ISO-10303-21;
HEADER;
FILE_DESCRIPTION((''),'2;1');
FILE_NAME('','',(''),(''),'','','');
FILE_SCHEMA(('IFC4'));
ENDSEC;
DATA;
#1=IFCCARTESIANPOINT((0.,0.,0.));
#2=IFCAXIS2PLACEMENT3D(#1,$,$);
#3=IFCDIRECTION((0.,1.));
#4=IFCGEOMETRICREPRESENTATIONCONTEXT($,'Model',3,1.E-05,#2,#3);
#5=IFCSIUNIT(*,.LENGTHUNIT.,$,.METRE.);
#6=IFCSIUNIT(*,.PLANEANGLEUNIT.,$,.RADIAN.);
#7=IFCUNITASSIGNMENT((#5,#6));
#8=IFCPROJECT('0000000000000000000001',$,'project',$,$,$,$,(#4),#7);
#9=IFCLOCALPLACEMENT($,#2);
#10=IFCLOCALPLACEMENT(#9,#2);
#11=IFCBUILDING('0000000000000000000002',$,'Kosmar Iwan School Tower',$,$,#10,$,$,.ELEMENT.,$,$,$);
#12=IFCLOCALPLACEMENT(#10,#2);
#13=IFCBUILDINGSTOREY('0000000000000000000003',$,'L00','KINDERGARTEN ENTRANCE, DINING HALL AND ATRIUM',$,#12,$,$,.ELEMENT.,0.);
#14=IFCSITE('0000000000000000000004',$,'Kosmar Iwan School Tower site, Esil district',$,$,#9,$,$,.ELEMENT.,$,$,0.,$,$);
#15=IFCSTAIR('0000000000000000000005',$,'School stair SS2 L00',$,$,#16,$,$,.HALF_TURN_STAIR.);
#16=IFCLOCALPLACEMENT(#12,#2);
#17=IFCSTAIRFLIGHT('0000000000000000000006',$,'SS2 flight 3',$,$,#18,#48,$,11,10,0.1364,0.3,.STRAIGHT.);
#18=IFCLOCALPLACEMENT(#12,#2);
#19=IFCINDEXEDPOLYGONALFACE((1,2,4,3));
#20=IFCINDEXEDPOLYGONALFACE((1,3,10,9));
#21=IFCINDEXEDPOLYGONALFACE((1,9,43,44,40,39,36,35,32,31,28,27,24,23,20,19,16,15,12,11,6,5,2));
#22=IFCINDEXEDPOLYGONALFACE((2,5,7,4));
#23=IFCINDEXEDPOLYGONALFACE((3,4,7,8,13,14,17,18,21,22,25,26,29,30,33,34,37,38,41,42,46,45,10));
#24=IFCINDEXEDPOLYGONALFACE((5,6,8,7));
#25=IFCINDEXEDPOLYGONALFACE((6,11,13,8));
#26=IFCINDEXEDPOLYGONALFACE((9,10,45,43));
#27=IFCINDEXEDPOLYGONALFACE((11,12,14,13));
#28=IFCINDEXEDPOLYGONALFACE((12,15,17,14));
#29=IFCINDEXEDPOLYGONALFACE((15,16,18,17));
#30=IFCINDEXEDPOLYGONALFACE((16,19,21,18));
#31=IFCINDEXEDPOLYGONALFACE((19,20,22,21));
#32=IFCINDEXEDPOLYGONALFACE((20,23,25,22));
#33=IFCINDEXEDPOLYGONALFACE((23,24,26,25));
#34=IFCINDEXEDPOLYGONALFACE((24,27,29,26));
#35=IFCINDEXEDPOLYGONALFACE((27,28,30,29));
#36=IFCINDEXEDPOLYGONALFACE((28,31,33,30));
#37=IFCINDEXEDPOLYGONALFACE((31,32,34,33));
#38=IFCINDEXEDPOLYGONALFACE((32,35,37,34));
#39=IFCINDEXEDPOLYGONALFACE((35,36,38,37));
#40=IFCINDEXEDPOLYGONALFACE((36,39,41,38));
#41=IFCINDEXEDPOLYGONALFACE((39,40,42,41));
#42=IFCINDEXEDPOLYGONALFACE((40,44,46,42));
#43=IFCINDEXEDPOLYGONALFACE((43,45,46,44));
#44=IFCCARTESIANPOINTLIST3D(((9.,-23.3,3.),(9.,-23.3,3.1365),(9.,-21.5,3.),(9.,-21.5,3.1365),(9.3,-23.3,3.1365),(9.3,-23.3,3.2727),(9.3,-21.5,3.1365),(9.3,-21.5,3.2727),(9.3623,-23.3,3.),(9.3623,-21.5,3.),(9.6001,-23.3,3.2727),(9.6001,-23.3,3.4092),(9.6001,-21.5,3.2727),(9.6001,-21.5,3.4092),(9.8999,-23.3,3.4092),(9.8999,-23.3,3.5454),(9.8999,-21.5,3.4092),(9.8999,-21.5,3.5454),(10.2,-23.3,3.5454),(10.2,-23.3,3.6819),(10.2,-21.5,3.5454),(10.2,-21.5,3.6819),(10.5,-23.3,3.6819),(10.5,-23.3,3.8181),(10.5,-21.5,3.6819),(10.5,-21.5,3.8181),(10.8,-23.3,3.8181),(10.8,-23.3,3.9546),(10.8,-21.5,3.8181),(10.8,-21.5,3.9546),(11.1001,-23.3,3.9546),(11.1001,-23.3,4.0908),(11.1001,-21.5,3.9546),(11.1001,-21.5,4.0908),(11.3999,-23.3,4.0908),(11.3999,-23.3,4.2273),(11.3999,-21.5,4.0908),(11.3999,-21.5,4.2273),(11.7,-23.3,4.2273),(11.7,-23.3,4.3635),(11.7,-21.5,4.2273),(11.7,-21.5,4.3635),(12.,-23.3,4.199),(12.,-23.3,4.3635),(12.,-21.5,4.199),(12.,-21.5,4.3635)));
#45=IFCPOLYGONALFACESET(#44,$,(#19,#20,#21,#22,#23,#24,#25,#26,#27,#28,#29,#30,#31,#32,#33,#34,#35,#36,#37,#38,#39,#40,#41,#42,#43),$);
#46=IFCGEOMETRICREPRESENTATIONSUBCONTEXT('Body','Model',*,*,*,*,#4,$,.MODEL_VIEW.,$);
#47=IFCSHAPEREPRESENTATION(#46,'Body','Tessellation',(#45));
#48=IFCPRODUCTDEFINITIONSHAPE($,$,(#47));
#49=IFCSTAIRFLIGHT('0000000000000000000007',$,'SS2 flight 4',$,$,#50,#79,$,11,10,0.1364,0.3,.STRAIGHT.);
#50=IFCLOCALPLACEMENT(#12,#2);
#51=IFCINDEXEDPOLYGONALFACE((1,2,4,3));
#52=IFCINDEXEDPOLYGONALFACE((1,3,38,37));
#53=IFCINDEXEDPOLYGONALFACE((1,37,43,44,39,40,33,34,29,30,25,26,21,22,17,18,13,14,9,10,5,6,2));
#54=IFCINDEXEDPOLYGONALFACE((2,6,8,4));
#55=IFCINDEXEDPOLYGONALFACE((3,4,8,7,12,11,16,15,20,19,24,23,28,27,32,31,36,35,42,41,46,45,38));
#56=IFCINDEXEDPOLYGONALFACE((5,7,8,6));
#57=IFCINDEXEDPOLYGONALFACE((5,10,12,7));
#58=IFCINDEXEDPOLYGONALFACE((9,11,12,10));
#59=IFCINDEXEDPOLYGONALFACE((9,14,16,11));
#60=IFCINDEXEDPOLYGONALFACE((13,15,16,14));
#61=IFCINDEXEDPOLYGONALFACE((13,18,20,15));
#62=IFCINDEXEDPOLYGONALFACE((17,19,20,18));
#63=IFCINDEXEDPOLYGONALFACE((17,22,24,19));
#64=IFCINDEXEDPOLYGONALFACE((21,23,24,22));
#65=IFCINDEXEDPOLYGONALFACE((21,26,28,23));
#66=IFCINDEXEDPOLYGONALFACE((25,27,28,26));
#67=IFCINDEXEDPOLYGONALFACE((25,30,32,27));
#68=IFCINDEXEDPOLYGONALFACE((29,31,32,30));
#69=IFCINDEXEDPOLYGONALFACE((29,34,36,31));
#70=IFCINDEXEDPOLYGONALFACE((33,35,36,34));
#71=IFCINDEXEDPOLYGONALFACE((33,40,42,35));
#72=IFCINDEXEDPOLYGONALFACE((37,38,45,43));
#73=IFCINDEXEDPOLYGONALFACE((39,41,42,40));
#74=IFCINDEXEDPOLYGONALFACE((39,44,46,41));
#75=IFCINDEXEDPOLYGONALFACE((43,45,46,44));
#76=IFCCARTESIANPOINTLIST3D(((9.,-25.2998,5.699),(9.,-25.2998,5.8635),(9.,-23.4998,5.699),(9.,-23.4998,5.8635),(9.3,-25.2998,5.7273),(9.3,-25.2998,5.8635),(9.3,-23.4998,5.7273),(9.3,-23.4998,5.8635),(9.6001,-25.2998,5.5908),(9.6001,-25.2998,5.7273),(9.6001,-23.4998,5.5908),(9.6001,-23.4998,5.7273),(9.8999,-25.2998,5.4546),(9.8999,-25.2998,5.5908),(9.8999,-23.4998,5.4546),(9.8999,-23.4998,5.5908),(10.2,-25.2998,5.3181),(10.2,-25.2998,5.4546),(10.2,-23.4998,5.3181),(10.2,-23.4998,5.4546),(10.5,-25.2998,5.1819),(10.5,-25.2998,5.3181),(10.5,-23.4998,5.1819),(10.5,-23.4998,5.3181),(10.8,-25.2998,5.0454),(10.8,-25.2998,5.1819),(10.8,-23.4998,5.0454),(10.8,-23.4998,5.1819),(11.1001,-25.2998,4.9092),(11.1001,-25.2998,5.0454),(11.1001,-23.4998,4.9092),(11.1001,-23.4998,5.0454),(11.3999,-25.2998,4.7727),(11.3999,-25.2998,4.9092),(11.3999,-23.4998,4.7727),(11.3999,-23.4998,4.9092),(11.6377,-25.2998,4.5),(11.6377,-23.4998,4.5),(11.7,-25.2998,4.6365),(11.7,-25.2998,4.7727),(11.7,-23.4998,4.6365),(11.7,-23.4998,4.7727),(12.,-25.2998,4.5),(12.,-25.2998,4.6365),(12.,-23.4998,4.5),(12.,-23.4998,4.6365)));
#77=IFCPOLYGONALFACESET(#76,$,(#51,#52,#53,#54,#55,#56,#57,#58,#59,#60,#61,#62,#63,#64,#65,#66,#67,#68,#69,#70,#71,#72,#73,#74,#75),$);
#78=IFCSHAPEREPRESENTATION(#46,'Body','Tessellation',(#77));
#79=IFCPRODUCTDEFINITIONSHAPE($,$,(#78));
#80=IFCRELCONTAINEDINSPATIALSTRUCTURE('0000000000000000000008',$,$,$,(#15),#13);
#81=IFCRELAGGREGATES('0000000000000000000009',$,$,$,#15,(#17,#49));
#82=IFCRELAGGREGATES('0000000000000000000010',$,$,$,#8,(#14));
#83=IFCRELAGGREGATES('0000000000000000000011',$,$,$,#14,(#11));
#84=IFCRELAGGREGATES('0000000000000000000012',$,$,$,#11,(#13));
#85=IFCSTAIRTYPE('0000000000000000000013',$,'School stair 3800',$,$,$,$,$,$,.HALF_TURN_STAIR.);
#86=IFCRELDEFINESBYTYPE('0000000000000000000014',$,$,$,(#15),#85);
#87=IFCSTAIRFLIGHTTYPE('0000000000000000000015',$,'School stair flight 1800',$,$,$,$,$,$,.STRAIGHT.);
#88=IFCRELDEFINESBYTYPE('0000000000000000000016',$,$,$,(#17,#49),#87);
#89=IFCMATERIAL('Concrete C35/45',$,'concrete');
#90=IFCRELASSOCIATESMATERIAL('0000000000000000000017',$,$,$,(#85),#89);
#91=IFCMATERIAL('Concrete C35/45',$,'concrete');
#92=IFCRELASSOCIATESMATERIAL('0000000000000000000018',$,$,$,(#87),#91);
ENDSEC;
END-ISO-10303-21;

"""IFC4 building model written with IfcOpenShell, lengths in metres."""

from ifc_helpers import new_model, si_unit, direction, frame, origin, place, context, subcontext, project, spatial, polyline, outline, extrude, material, type_object, element, aggregate, save


model = new_model("IFC4")

# Units and contexts
model_context = context("Model", 3, precision=1e-05, world=origin(), true_north=direction((0.0, 1.0)))
body_context = subcontext(model_context, "Body", "Model", "MODEL_VIEW")
ifc_project = project(units=[si_unit("LENGTHUNIT", "METRE"), si_unit("PLANEANGLEUNIT", "RADIAN")], contexts=[model_context])

# Site, building, storey
site_placement = place(None, origin())
site = spatial("IfcSite", under=ifc_project, at=site_placement, Name="Kosmar Iwan School Tower site, Esil district", CompositionType="ELEMENT", RefElevation=0.0)
building_placement = place(site_placement, origin())
building = spatial("IfcBuilding", under=site, at=building_placement, Name="Kosmar Iwan School Tower", CompositionType="ELEMENT")
storey_placement = place(building_placement, origin())
storey = spatial("IfcBuildingStorey", under=building, at=storey_placement, Name="L00", Description="KINDERGARTEN ENTRANCE, DINING HALL AND ATRIUM", CompositionType="ELEMENT", Elevation=0.0)

# Stair, stair flights
ifc_material_1 = material(Name="Concrete C35/45", Category="concrete")
stair_type = type_object("IfcStairType", Name="School stair 3800", PredefinedType="HALF_TURN_STAIR", material=ifc_material_1)
stair_placement = place(storey_placement, origin())
stair = element("IfcStair", 1, at=stair_placement, inside=storey, type_object=stair_type, Name="School stair SS2 L00", PredefinedType="HALF_TURN_STAIR")
ifc_material_2 = material(Name="Concrete C35/45", Category="concrete")
stair_flight_type = type_object("IfcStairFlightType", Name="School stair flight 1800", PredefinedType="STRAIGHT", material=ifc_material_2)
stair_flight_1_placement = place(storey_placement, frame((9.0, -22.3999, 3.0), z_axis=(0.0, 0.0, 1.0), x_axis=(1.0, 0.0, 0.0)))
stair_flight_1 = element("IfcStairFlight", 2, at=stair_flight_1_placement, type_object=stair_flight_type, Name="SS2 flight 3", NumberOfRisers=11, NumberOfTreads=10, PredefinedType="STRAIGHT", RiserHeight=0.1364, TreadLength=0.3, context=body_context, shape_type="SweptSolid", body=[
    extrude(outline(polyline([(0.0, 0.0), (0.0, 0.1365), (0.3, 0.1365), (0.3, 0.2727), (0.6001, 0.2727), (0.6001, 0.4092), (0.8999, 0.4092), (0.8999, 0.5454), (1.2, 0.5454), (1.2, 0.6819), (1.5, 0.6819), (1.5, 0.8181), (1.8, 0.8181), (1.8, 0.9546), (2.1001, 0.9546), (2.1001, 1.0908), (2.3999, 1.0908), (2.3999, 1.2273), (2.7, 1.2273), (2.7, 1.3635), (3.0, 1.3635), (3.0, 1.5), (3.0, 1.199), (0.3623, 0.0), (0.0, 0.0)])), frame((0.0, 0.8999, 0.0), z_axis=(0.0, -1.0, 0.0), x_axis=(1.0, 0.0, 0.0)), (0.0, 0.0, 1.0), 1.8),
])
stair_flight_2_placement = place(storey_placement, frame((12.0, -24.3999, 4.5), z_axis=(0.0, 0.0, 1.0), x_axis=(-1.0, 0.0, 0.0)))
stair_flight_2 = element("IfcStairFlight", 3, at=stair_flight_2_placement, type_object=stair_flight_type, Name="SS2 flight 4", NumberOfRisers=11, NumberOfTreads=10, PredefinedType="STRAIGHT", RiserHeight=0.1364, TreadLength=0.3, context=body_context, shape_type="SweptSolid", body=[
    extrude(outline(polyline([(0.0, 0.0), (0.0, 0.1365), (0.3, 0.1365), (0.3, 0.2727), (0.6001, 0.2727), (0.6001, 0.4092), (0.8999, 0.4092), (0.8999, 0.5454), (1.2, 0.5454), (1.2, 0.6819), (1.5, 0.6819), (1.5, 0.8181), (1.8, 0.8181), (1.8, 0.9546), (2.1001, 0.9546), (2.1001, 1.0908), (2.3999, 1.0908), (2.3999, 1.2273), (2.7, 1.2273), (2.7, 1.3635), (3.0, 1.3635), (3.0, 1.5), (3.0, 1.199), (0.3623, 0.0), (0.0, 0.0)])), frame((0.0, 0.8999, 0.0), z_axis=(0.0, -1.0, 0.0), x_axis=(1.0, 0.0, 0.0)), (0.0, 0.0, 1.0), 1.8),
])
aggregate(stair, [stair_flight_1, stair_flight_2])

save(model, "model.ifc")
